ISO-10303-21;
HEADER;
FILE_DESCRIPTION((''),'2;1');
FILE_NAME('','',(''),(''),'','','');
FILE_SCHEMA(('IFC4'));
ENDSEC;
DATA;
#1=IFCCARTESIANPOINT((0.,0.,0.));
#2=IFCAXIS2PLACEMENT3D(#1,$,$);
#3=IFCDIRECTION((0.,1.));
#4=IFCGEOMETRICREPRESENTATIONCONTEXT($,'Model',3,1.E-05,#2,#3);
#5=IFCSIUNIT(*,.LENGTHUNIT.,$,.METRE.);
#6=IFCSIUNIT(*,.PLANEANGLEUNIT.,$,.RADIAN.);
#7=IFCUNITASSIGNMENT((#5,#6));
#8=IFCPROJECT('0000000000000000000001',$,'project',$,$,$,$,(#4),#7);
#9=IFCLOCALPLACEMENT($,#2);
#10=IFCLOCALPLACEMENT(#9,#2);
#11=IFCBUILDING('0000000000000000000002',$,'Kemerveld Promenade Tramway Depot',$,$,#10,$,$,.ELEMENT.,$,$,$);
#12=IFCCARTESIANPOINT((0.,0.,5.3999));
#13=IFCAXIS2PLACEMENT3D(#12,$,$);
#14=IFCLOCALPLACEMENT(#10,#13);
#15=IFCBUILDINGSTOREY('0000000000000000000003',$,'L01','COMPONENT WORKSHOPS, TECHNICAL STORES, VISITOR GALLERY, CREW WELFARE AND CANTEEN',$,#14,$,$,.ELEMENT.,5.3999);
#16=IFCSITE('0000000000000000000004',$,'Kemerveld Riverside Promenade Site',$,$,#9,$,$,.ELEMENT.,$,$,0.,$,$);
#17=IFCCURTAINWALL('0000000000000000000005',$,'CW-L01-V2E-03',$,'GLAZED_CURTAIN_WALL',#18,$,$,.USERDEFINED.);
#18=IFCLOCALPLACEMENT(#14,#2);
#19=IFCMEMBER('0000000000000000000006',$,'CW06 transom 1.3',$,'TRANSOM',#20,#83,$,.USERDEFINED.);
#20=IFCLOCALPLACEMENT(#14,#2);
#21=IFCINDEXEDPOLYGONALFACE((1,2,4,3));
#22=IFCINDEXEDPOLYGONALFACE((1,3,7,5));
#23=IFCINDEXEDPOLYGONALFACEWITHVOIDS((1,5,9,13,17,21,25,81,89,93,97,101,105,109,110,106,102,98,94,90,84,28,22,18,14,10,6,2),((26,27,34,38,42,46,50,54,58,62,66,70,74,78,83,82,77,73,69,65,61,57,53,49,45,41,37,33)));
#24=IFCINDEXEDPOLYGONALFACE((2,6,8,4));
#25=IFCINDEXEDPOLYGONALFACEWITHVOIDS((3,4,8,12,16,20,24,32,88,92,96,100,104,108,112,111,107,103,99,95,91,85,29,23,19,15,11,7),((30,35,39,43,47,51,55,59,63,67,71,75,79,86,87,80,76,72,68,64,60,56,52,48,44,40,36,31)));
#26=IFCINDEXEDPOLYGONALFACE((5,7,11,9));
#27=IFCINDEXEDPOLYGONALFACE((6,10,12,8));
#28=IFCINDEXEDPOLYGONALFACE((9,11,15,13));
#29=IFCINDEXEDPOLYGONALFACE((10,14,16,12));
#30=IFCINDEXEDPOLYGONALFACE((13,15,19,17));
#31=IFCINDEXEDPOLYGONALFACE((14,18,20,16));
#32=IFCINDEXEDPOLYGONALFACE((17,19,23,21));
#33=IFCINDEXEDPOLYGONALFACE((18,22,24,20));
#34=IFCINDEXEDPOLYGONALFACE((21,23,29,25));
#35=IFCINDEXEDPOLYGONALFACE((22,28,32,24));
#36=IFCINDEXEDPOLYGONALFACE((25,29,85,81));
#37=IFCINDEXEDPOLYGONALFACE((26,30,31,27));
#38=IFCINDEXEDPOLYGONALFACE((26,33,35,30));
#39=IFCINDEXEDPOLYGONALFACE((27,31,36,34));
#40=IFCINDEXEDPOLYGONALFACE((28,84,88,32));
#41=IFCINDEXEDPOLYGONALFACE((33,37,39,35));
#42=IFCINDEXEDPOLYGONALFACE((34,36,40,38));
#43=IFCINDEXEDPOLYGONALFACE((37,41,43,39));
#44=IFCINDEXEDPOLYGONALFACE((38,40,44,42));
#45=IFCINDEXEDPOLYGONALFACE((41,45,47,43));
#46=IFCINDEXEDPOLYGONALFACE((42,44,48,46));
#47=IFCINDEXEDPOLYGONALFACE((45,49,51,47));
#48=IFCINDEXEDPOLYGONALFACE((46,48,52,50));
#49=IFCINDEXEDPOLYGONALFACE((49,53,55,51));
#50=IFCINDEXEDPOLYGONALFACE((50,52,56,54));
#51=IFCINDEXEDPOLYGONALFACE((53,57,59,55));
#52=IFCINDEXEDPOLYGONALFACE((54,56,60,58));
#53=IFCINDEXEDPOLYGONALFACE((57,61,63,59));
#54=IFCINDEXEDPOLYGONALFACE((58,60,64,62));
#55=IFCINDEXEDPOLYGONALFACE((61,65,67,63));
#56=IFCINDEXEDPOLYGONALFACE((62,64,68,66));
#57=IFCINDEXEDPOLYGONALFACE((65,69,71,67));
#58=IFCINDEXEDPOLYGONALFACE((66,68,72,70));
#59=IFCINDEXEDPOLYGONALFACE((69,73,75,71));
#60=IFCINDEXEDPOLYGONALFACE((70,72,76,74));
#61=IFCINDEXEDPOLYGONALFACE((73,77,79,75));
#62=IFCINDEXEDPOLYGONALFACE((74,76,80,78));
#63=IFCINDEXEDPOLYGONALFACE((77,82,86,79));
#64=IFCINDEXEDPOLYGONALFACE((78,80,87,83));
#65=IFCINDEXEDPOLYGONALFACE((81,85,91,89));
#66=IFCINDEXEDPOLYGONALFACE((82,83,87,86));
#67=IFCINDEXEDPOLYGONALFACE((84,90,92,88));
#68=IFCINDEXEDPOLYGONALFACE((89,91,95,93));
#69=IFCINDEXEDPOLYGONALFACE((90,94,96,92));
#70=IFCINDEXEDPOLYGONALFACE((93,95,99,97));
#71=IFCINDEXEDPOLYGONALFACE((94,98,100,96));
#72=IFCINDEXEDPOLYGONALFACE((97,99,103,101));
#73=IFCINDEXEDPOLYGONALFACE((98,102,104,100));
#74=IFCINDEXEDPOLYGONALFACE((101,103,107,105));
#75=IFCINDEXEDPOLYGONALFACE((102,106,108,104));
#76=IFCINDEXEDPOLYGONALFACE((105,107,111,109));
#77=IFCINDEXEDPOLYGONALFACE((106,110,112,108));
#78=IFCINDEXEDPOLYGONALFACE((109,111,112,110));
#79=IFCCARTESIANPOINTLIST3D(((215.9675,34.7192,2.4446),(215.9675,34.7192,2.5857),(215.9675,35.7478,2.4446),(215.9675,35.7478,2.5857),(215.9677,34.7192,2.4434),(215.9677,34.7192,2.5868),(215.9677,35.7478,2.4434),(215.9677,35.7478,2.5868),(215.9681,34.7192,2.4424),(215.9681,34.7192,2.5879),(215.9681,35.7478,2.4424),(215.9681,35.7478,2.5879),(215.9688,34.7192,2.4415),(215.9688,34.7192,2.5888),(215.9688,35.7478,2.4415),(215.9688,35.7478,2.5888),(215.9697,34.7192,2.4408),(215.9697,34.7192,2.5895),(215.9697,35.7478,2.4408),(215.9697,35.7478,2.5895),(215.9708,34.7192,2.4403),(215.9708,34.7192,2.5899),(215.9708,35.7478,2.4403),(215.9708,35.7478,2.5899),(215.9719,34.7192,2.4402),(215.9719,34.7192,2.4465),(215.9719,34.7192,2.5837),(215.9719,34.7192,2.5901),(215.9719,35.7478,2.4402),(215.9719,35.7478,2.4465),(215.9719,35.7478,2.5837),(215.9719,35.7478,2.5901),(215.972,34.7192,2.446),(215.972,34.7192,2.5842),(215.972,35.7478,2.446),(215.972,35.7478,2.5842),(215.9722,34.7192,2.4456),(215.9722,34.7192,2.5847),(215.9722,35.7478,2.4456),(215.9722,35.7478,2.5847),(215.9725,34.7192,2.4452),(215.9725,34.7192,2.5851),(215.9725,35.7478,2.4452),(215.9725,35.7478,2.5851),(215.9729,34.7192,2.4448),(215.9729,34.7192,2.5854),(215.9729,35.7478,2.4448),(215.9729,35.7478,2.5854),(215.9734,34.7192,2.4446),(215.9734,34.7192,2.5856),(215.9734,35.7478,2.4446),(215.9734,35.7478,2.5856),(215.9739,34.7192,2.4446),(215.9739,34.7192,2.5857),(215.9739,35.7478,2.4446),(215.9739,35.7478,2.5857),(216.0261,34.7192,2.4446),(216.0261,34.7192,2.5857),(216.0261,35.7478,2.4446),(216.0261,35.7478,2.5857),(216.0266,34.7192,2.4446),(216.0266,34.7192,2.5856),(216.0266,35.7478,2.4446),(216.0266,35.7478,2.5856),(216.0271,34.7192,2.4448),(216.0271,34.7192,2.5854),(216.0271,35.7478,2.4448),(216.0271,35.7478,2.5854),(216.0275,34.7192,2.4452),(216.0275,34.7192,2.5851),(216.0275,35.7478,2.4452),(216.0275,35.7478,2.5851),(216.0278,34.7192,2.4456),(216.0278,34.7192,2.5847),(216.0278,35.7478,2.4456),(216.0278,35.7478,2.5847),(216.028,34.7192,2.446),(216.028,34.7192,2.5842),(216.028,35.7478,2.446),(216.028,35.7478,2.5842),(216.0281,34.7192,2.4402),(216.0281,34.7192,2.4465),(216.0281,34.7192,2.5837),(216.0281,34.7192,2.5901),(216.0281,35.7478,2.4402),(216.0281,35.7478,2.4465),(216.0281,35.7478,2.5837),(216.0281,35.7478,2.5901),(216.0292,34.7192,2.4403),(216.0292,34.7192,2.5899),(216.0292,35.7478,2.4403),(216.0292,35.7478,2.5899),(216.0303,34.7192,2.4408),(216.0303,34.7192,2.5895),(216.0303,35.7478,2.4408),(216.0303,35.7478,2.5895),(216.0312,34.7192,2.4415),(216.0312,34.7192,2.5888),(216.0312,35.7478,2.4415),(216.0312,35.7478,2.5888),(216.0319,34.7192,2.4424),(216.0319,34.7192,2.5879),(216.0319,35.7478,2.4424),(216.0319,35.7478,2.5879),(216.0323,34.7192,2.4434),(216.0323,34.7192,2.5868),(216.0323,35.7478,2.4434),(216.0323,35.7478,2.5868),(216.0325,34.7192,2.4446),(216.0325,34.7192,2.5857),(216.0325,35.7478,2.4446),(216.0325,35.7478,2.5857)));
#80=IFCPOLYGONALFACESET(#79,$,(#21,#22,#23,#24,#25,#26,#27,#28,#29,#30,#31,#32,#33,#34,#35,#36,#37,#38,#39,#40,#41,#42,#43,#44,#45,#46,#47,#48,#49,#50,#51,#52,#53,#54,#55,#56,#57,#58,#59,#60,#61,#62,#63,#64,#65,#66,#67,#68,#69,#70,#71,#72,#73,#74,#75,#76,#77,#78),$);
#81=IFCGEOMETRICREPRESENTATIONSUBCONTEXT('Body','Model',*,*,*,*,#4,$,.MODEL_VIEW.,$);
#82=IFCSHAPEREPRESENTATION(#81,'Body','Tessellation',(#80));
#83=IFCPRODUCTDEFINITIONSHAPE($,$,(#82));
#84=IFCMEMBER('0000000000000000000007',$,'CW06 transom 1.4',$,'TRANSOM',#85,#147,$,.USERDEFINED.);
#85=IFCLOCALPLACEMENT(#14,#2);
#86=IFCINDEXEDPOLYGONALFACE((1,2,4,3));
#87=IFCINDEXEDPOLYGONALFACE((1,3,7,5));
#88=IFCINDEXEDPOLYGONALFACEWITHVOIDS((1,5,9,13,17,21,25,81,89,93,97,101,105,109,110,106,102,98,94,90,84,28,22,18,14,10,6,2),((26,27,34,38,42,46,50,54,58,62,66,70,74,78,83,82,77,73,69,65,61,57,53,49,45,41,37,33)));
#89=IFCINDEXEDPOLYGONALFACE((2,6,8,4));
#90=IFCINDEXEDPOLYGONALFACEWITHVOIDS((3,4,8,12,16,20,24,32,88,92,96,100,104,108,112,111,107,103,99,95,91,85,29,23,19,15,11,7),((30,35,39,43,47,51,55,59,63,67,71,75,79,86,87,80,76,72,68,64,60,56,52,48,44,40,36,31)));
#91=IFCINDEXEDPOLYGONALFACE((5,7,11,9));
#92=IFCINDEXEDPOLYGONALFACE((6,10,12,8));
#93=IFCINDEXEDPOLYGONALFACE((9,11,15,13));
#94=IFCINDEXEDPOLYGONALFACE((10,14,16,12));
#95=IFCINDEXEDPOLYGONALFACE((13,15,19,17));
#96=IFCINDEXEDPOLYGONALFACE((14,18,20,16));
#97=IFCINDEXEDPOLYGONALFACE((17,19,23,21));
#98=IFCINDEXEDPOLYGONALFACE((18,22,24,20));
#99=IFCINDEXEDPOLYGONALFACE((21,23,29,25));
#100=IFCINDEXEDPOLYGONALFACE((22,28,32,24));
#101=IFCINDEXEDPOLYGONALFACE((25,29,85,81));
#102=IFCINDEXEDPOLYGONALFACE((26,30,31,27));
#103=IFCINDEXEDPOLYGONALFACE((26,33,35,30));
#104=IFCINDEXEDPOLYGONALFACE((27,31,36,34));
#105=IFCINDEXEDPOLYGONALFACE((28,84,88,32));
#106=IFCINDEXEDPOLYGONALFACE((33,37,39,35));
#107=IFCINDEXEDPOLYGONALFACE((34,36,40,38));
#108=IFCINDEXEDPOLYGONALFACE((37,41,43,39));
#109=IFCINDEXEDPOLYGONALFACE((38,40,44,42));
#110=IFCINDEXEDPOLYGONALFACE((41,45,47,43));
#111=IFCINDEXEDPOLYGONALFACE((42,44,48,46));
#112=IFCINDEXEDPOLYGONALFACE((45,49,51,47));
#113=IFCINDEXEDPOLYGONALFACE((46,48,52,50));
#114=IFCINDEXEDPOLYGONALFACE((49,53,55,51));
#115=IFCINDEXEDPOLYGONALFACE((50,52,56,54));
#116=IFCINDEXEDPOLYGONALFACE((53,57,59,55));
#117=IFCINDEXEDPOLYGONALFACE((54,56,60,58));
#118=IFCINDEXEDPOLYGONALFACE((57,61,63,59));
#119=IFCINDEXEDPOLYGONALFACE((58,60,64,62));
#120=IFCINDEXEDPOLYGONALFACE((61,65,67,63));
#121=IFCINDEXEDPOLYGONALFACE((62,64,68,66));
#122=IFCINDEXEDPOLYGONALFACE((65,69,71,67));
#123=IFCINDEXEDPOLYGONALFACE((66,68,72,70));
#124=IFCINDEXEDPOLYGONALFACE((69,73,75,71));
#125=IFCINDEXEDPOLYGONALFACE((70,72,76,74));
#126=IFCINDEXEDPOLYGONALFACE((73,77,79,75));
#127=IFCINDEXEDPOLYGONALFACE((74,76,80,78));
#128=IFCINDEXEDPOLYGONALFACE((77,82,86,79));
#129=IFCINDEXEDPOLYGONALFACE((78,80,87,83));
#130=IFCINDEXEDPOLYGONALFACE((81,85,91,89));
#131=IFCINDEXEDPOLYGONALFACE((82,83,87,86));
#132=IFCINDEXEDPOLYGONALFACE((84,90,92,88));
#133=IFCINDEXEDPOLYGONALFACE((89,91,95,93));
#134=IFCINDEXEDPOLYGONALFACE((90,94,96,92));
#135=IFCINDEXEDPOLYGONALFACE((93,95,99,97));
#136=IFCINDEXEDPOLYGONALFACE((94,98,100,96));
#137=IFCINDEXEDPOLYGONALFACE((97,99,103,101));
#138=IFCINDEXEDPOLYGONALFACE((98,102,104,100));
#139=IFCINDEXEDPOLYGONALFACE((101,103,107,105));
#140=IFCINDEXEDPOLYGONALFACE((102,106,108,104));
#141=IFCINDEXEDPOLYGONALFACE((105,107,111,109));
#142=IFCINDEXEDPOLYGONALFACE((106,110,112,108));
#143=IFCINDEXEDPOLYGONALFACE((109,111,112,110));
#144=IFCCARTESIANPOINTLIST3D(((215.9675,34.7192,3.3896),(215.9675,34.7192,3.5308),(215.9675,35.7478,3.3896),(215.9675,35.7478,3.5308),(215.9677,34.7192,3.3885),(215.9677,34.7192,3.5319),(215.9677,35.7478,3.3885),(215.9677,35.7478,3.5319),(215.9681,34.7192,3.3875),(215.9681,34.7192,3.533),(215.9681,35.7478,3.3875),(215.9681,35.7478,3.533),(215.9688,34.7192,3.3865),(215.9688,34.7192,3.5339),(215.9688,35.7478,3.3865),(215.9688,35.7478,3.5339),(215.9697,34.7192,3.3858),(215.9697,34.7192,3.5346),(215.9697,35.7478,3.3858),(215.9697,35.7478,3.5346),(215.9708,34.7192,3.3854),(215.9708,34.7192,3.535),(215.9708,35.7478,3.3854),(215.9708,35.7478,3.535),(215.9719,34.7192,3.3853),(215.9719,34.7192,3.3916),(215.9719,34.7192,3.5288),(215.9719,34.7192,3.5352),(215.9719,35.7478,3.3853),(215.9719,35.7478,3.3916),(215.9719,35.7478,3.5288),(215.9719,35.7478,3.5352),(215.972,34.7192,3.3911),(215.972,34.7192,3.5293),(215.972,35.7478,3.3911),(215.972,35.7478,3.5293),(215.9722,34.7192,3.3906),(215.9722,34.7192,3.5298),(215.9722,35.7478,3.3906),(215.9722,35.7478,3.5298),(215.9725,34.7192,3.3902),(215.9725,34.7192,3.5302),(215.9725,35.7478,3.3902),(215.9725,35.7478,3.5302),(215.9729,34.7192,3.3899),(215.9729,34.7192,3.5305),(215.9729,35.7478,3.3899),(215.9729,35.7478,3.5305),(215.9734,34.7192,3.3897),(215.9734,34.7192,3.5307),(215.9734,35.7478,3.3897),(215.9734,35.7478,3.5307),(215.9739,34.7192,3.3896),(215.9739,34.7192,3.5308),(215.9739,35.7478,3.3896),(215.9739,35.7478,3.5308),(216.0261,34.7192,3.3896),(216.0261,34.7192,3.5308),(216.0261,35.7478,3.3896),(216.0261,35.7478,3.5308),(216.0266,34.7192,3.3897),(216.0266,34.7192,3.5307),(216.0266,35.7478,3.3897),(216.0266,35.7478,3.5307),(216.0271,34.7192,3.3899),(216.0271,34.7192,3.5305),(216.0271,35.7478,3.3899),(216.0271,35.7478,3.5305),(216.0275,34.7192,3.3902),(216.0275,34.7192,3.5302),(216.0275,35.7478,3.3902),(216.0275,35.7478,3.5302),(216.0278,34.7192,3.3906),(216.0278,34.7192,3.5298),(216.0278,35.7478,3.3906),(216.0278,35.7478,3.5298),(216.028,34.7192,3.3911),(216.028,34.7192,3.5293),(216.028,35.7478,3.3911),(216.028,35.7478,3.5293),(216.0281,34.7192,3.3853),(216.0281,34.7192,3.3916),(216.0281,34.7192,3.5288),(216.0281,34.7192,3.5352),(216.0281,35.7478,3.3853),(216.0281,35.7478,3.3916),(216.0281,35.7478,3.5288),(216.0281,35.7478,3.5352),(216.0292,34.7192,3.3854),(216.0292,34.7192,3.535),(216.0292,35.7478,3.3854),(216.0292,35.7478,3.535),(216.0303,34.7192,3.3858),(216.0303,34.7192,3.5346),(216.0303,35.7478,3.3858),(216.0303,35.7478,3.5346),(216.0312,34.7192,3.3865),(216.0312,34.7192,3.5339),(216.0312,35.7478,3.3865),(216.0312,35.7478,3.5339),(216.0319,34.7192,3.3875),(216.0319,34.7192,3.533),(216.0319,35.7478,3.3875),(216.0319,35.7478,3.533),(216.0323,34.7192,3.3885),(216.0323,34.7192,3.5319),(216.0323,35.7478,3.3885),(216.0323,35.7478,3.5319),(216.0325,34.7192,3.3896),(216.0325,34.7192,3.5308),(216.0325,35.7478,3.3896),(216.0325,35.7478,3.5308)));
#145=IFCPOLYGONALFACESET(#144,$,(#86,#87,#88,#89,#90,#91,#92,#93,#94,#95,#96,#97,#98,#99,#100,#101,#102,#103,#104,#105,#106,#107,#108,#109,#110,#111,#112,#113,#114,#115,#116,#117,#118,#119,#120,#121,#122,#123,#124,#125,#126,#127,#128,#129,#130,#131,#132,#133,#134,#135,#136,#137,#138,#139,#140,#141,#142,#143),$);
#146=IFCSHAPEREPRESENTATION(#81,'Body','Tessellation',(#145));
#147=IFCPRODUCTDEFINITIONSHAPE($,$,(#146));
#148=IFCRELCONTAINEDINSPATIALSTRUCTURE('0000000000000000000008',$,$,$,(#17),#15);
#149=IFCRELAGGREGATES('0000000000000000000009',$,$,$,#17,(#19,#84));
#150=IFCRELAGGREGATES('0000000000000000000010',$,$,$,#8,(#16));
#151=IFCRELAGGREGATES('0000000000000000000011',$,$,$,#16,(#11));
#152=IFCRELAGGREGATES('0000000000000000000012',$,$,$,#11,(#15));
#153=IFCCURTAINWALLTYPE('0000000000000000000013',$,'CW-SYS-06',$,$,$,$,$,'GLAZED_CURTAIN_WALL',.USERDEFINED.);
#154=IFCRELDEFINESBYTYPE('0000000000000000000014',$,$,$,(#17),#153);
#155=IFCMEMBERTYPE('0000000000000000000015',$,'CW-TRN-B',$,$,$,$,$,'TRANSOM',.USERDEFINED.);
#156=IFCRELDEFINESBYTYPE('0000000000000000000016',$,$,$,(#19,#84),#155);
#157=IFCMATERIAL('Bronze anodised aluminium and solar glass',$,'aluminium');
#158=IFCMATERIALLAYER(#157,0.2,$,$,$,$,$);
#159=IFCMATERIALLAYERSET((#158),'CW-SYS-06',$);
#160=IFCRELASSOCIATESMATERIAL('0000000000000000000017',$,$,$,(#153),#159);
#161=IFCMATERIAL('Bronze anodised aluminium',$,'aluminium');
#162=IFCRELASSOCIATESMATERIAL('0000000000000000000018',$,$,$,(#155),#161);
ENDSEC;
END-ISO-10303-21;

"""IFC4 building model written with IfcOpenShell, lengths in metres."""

from ifc_helpers import new_model, si_unit, direction, frame, origin, origin_2d, place, context, subcontext, project, spatial, hollow_rectangle, extrude, material, layer, layer_set, material_profile, profile_set, type_object, element, aggregate, save


model = new_model("IFC4")

# Units and contexts
model_context = context("Model", 3, precision=1e-05, world=origin(), true_north=direction((0.0, 1.0)))
body_context = subcontext(model_context, "Body", "Model", "MODEL_VIEW")
ifc_project = project(units=[si_unit("LENGTHUNIT", "METRE"), si_unit("PLANEANGLEUNIT", "RADIAN")], contexts=[model_context])

# Site, building, storey
site_placement = place(None, origin())
site = spatial("IfcSite", under=ifc_project, at=site_placement, Name="Kemerveld Riverside Promenade Site", CompositionType="ELEMENT", RefElevation=0.0)
building_placement = place(site_placement, origin())
building = spatial("IfcBuilding", under=site, at=building_placement, Name="Kemerveld Promenade Tramway Depot", CompositionType="ELEMENT")
storey_placement = place(building_placement, frame((0.0, 0.0, 5.3999)))
storey = spatial("IfcBuildingStorey", under=building, at=storey_placement, Name="L01", Description="COMPONENT WORKSHOPS, TECHNICAL STORES, VISITOR GALLERY, CREW WELFARE AND CANTEEN", CompositionType="ELEMENT", Elevation=5.3999)

# Curtain wall, members
ifc_material_1 = material(Name="Bronze anodised aluminium and solar glass", Category="aluminium")
ifc_layer_1 = layer(ifc_material_1, 0.2)
ifc_layer_set_1 = layer_set([ifc_layer_1], Name="CW-SYS-06")
curtain_wall_type = type_object("IfcCurtainWallType", Name="CW-SYS-06", ElementType="GLAZED_CURTAIN_WALL", PredefinedType="USERDEFINED", material=ifc_layer_set_1)
curtain_wall_placement = place(storey_placement, origin())
curtain_wall = element("IfcCurtainWall", 1, at=curtain_wall_placement, inside=storey, type_object=curtain_wall_type, Name="CW-L01-V2E-03", ObjectType="GLAZED_CURTAIN_WALL", PredefinedType="USERDEFINED")
ifc_material_2 = material(Name="Bronze anodised aluminium", Category="aluminium")
ifc_material_profile_1 = material_profile(ifc_material_2, hollow_rectangle(XDim=0.0649, YDim=0.1499, WallThickness=0.0044, InnerFilletRadius=0.002, OuterFilletRadius=0.0044, at=origin_2d()), Name="CW-TRN-150x65")
ifc_profile_set_1 = profile_set([ifc_material_profile_1], Name="Bronze anodised aluminium")
member_type_1 = type_object("IfcMemberType", Name="CW-TRN-B", ElementType="TRANSOM", PredefinedType="USERDEFINED", material=ifc_profile_set_1)
member_1_placement = place(storey_placement, frame((216.0, 35.7478, 2.5151), z_axis=(0.0, -1.0, 0.0), x_axis=(1.0, 0.0, 0.0)))
member_1 = element("IfcMember", 2, at=member_1_placement, type_object=member_type_1, Name="CW06 transom 1.3", ObjectType="TRANSOM", PredefinedType="USERDEFINED", context=body_context, shape_type="SweptSolid", body=[
    extrude(hollow_rectangle(XDim=0.0649, YDim=0.1499, WallThickness=0.0044, InnerFilletRadius=0.002, OuterFilletRadius=0.0044, at=origin_2d()), origin(), (0.0, 0.0, 1.0), 1.0286),
])
member_2_placement = place(storey_placement, frame((216.0, 35.7478, 3.4602), z_axis=(0.0, -1.0, 0.0), x_axis=(1.0, 0.0, 0.0)))
member_2 = element("IfcMember", 3, at=member_2_placement, type_object=member_type_1, Name="CW06 transom 1.4", ObjectType="TRANSOM", PredefinedType="USERDEFINED", context=body_context, shape_type="SweptSolid", body=[
    extrude(hollow_rectangle(XDim=0.0649, YDim=0.1499, WallThickness=0.0044, InnerFilletRadius=0.002, OuterFilletRadius=0.0044, at=origin_2d()), origin(), (0.0, 0.0, 1.0), 1.0286),
])
aggregate(curtain_wall, [member_1, member_2])

save(model, "model.ifc")
